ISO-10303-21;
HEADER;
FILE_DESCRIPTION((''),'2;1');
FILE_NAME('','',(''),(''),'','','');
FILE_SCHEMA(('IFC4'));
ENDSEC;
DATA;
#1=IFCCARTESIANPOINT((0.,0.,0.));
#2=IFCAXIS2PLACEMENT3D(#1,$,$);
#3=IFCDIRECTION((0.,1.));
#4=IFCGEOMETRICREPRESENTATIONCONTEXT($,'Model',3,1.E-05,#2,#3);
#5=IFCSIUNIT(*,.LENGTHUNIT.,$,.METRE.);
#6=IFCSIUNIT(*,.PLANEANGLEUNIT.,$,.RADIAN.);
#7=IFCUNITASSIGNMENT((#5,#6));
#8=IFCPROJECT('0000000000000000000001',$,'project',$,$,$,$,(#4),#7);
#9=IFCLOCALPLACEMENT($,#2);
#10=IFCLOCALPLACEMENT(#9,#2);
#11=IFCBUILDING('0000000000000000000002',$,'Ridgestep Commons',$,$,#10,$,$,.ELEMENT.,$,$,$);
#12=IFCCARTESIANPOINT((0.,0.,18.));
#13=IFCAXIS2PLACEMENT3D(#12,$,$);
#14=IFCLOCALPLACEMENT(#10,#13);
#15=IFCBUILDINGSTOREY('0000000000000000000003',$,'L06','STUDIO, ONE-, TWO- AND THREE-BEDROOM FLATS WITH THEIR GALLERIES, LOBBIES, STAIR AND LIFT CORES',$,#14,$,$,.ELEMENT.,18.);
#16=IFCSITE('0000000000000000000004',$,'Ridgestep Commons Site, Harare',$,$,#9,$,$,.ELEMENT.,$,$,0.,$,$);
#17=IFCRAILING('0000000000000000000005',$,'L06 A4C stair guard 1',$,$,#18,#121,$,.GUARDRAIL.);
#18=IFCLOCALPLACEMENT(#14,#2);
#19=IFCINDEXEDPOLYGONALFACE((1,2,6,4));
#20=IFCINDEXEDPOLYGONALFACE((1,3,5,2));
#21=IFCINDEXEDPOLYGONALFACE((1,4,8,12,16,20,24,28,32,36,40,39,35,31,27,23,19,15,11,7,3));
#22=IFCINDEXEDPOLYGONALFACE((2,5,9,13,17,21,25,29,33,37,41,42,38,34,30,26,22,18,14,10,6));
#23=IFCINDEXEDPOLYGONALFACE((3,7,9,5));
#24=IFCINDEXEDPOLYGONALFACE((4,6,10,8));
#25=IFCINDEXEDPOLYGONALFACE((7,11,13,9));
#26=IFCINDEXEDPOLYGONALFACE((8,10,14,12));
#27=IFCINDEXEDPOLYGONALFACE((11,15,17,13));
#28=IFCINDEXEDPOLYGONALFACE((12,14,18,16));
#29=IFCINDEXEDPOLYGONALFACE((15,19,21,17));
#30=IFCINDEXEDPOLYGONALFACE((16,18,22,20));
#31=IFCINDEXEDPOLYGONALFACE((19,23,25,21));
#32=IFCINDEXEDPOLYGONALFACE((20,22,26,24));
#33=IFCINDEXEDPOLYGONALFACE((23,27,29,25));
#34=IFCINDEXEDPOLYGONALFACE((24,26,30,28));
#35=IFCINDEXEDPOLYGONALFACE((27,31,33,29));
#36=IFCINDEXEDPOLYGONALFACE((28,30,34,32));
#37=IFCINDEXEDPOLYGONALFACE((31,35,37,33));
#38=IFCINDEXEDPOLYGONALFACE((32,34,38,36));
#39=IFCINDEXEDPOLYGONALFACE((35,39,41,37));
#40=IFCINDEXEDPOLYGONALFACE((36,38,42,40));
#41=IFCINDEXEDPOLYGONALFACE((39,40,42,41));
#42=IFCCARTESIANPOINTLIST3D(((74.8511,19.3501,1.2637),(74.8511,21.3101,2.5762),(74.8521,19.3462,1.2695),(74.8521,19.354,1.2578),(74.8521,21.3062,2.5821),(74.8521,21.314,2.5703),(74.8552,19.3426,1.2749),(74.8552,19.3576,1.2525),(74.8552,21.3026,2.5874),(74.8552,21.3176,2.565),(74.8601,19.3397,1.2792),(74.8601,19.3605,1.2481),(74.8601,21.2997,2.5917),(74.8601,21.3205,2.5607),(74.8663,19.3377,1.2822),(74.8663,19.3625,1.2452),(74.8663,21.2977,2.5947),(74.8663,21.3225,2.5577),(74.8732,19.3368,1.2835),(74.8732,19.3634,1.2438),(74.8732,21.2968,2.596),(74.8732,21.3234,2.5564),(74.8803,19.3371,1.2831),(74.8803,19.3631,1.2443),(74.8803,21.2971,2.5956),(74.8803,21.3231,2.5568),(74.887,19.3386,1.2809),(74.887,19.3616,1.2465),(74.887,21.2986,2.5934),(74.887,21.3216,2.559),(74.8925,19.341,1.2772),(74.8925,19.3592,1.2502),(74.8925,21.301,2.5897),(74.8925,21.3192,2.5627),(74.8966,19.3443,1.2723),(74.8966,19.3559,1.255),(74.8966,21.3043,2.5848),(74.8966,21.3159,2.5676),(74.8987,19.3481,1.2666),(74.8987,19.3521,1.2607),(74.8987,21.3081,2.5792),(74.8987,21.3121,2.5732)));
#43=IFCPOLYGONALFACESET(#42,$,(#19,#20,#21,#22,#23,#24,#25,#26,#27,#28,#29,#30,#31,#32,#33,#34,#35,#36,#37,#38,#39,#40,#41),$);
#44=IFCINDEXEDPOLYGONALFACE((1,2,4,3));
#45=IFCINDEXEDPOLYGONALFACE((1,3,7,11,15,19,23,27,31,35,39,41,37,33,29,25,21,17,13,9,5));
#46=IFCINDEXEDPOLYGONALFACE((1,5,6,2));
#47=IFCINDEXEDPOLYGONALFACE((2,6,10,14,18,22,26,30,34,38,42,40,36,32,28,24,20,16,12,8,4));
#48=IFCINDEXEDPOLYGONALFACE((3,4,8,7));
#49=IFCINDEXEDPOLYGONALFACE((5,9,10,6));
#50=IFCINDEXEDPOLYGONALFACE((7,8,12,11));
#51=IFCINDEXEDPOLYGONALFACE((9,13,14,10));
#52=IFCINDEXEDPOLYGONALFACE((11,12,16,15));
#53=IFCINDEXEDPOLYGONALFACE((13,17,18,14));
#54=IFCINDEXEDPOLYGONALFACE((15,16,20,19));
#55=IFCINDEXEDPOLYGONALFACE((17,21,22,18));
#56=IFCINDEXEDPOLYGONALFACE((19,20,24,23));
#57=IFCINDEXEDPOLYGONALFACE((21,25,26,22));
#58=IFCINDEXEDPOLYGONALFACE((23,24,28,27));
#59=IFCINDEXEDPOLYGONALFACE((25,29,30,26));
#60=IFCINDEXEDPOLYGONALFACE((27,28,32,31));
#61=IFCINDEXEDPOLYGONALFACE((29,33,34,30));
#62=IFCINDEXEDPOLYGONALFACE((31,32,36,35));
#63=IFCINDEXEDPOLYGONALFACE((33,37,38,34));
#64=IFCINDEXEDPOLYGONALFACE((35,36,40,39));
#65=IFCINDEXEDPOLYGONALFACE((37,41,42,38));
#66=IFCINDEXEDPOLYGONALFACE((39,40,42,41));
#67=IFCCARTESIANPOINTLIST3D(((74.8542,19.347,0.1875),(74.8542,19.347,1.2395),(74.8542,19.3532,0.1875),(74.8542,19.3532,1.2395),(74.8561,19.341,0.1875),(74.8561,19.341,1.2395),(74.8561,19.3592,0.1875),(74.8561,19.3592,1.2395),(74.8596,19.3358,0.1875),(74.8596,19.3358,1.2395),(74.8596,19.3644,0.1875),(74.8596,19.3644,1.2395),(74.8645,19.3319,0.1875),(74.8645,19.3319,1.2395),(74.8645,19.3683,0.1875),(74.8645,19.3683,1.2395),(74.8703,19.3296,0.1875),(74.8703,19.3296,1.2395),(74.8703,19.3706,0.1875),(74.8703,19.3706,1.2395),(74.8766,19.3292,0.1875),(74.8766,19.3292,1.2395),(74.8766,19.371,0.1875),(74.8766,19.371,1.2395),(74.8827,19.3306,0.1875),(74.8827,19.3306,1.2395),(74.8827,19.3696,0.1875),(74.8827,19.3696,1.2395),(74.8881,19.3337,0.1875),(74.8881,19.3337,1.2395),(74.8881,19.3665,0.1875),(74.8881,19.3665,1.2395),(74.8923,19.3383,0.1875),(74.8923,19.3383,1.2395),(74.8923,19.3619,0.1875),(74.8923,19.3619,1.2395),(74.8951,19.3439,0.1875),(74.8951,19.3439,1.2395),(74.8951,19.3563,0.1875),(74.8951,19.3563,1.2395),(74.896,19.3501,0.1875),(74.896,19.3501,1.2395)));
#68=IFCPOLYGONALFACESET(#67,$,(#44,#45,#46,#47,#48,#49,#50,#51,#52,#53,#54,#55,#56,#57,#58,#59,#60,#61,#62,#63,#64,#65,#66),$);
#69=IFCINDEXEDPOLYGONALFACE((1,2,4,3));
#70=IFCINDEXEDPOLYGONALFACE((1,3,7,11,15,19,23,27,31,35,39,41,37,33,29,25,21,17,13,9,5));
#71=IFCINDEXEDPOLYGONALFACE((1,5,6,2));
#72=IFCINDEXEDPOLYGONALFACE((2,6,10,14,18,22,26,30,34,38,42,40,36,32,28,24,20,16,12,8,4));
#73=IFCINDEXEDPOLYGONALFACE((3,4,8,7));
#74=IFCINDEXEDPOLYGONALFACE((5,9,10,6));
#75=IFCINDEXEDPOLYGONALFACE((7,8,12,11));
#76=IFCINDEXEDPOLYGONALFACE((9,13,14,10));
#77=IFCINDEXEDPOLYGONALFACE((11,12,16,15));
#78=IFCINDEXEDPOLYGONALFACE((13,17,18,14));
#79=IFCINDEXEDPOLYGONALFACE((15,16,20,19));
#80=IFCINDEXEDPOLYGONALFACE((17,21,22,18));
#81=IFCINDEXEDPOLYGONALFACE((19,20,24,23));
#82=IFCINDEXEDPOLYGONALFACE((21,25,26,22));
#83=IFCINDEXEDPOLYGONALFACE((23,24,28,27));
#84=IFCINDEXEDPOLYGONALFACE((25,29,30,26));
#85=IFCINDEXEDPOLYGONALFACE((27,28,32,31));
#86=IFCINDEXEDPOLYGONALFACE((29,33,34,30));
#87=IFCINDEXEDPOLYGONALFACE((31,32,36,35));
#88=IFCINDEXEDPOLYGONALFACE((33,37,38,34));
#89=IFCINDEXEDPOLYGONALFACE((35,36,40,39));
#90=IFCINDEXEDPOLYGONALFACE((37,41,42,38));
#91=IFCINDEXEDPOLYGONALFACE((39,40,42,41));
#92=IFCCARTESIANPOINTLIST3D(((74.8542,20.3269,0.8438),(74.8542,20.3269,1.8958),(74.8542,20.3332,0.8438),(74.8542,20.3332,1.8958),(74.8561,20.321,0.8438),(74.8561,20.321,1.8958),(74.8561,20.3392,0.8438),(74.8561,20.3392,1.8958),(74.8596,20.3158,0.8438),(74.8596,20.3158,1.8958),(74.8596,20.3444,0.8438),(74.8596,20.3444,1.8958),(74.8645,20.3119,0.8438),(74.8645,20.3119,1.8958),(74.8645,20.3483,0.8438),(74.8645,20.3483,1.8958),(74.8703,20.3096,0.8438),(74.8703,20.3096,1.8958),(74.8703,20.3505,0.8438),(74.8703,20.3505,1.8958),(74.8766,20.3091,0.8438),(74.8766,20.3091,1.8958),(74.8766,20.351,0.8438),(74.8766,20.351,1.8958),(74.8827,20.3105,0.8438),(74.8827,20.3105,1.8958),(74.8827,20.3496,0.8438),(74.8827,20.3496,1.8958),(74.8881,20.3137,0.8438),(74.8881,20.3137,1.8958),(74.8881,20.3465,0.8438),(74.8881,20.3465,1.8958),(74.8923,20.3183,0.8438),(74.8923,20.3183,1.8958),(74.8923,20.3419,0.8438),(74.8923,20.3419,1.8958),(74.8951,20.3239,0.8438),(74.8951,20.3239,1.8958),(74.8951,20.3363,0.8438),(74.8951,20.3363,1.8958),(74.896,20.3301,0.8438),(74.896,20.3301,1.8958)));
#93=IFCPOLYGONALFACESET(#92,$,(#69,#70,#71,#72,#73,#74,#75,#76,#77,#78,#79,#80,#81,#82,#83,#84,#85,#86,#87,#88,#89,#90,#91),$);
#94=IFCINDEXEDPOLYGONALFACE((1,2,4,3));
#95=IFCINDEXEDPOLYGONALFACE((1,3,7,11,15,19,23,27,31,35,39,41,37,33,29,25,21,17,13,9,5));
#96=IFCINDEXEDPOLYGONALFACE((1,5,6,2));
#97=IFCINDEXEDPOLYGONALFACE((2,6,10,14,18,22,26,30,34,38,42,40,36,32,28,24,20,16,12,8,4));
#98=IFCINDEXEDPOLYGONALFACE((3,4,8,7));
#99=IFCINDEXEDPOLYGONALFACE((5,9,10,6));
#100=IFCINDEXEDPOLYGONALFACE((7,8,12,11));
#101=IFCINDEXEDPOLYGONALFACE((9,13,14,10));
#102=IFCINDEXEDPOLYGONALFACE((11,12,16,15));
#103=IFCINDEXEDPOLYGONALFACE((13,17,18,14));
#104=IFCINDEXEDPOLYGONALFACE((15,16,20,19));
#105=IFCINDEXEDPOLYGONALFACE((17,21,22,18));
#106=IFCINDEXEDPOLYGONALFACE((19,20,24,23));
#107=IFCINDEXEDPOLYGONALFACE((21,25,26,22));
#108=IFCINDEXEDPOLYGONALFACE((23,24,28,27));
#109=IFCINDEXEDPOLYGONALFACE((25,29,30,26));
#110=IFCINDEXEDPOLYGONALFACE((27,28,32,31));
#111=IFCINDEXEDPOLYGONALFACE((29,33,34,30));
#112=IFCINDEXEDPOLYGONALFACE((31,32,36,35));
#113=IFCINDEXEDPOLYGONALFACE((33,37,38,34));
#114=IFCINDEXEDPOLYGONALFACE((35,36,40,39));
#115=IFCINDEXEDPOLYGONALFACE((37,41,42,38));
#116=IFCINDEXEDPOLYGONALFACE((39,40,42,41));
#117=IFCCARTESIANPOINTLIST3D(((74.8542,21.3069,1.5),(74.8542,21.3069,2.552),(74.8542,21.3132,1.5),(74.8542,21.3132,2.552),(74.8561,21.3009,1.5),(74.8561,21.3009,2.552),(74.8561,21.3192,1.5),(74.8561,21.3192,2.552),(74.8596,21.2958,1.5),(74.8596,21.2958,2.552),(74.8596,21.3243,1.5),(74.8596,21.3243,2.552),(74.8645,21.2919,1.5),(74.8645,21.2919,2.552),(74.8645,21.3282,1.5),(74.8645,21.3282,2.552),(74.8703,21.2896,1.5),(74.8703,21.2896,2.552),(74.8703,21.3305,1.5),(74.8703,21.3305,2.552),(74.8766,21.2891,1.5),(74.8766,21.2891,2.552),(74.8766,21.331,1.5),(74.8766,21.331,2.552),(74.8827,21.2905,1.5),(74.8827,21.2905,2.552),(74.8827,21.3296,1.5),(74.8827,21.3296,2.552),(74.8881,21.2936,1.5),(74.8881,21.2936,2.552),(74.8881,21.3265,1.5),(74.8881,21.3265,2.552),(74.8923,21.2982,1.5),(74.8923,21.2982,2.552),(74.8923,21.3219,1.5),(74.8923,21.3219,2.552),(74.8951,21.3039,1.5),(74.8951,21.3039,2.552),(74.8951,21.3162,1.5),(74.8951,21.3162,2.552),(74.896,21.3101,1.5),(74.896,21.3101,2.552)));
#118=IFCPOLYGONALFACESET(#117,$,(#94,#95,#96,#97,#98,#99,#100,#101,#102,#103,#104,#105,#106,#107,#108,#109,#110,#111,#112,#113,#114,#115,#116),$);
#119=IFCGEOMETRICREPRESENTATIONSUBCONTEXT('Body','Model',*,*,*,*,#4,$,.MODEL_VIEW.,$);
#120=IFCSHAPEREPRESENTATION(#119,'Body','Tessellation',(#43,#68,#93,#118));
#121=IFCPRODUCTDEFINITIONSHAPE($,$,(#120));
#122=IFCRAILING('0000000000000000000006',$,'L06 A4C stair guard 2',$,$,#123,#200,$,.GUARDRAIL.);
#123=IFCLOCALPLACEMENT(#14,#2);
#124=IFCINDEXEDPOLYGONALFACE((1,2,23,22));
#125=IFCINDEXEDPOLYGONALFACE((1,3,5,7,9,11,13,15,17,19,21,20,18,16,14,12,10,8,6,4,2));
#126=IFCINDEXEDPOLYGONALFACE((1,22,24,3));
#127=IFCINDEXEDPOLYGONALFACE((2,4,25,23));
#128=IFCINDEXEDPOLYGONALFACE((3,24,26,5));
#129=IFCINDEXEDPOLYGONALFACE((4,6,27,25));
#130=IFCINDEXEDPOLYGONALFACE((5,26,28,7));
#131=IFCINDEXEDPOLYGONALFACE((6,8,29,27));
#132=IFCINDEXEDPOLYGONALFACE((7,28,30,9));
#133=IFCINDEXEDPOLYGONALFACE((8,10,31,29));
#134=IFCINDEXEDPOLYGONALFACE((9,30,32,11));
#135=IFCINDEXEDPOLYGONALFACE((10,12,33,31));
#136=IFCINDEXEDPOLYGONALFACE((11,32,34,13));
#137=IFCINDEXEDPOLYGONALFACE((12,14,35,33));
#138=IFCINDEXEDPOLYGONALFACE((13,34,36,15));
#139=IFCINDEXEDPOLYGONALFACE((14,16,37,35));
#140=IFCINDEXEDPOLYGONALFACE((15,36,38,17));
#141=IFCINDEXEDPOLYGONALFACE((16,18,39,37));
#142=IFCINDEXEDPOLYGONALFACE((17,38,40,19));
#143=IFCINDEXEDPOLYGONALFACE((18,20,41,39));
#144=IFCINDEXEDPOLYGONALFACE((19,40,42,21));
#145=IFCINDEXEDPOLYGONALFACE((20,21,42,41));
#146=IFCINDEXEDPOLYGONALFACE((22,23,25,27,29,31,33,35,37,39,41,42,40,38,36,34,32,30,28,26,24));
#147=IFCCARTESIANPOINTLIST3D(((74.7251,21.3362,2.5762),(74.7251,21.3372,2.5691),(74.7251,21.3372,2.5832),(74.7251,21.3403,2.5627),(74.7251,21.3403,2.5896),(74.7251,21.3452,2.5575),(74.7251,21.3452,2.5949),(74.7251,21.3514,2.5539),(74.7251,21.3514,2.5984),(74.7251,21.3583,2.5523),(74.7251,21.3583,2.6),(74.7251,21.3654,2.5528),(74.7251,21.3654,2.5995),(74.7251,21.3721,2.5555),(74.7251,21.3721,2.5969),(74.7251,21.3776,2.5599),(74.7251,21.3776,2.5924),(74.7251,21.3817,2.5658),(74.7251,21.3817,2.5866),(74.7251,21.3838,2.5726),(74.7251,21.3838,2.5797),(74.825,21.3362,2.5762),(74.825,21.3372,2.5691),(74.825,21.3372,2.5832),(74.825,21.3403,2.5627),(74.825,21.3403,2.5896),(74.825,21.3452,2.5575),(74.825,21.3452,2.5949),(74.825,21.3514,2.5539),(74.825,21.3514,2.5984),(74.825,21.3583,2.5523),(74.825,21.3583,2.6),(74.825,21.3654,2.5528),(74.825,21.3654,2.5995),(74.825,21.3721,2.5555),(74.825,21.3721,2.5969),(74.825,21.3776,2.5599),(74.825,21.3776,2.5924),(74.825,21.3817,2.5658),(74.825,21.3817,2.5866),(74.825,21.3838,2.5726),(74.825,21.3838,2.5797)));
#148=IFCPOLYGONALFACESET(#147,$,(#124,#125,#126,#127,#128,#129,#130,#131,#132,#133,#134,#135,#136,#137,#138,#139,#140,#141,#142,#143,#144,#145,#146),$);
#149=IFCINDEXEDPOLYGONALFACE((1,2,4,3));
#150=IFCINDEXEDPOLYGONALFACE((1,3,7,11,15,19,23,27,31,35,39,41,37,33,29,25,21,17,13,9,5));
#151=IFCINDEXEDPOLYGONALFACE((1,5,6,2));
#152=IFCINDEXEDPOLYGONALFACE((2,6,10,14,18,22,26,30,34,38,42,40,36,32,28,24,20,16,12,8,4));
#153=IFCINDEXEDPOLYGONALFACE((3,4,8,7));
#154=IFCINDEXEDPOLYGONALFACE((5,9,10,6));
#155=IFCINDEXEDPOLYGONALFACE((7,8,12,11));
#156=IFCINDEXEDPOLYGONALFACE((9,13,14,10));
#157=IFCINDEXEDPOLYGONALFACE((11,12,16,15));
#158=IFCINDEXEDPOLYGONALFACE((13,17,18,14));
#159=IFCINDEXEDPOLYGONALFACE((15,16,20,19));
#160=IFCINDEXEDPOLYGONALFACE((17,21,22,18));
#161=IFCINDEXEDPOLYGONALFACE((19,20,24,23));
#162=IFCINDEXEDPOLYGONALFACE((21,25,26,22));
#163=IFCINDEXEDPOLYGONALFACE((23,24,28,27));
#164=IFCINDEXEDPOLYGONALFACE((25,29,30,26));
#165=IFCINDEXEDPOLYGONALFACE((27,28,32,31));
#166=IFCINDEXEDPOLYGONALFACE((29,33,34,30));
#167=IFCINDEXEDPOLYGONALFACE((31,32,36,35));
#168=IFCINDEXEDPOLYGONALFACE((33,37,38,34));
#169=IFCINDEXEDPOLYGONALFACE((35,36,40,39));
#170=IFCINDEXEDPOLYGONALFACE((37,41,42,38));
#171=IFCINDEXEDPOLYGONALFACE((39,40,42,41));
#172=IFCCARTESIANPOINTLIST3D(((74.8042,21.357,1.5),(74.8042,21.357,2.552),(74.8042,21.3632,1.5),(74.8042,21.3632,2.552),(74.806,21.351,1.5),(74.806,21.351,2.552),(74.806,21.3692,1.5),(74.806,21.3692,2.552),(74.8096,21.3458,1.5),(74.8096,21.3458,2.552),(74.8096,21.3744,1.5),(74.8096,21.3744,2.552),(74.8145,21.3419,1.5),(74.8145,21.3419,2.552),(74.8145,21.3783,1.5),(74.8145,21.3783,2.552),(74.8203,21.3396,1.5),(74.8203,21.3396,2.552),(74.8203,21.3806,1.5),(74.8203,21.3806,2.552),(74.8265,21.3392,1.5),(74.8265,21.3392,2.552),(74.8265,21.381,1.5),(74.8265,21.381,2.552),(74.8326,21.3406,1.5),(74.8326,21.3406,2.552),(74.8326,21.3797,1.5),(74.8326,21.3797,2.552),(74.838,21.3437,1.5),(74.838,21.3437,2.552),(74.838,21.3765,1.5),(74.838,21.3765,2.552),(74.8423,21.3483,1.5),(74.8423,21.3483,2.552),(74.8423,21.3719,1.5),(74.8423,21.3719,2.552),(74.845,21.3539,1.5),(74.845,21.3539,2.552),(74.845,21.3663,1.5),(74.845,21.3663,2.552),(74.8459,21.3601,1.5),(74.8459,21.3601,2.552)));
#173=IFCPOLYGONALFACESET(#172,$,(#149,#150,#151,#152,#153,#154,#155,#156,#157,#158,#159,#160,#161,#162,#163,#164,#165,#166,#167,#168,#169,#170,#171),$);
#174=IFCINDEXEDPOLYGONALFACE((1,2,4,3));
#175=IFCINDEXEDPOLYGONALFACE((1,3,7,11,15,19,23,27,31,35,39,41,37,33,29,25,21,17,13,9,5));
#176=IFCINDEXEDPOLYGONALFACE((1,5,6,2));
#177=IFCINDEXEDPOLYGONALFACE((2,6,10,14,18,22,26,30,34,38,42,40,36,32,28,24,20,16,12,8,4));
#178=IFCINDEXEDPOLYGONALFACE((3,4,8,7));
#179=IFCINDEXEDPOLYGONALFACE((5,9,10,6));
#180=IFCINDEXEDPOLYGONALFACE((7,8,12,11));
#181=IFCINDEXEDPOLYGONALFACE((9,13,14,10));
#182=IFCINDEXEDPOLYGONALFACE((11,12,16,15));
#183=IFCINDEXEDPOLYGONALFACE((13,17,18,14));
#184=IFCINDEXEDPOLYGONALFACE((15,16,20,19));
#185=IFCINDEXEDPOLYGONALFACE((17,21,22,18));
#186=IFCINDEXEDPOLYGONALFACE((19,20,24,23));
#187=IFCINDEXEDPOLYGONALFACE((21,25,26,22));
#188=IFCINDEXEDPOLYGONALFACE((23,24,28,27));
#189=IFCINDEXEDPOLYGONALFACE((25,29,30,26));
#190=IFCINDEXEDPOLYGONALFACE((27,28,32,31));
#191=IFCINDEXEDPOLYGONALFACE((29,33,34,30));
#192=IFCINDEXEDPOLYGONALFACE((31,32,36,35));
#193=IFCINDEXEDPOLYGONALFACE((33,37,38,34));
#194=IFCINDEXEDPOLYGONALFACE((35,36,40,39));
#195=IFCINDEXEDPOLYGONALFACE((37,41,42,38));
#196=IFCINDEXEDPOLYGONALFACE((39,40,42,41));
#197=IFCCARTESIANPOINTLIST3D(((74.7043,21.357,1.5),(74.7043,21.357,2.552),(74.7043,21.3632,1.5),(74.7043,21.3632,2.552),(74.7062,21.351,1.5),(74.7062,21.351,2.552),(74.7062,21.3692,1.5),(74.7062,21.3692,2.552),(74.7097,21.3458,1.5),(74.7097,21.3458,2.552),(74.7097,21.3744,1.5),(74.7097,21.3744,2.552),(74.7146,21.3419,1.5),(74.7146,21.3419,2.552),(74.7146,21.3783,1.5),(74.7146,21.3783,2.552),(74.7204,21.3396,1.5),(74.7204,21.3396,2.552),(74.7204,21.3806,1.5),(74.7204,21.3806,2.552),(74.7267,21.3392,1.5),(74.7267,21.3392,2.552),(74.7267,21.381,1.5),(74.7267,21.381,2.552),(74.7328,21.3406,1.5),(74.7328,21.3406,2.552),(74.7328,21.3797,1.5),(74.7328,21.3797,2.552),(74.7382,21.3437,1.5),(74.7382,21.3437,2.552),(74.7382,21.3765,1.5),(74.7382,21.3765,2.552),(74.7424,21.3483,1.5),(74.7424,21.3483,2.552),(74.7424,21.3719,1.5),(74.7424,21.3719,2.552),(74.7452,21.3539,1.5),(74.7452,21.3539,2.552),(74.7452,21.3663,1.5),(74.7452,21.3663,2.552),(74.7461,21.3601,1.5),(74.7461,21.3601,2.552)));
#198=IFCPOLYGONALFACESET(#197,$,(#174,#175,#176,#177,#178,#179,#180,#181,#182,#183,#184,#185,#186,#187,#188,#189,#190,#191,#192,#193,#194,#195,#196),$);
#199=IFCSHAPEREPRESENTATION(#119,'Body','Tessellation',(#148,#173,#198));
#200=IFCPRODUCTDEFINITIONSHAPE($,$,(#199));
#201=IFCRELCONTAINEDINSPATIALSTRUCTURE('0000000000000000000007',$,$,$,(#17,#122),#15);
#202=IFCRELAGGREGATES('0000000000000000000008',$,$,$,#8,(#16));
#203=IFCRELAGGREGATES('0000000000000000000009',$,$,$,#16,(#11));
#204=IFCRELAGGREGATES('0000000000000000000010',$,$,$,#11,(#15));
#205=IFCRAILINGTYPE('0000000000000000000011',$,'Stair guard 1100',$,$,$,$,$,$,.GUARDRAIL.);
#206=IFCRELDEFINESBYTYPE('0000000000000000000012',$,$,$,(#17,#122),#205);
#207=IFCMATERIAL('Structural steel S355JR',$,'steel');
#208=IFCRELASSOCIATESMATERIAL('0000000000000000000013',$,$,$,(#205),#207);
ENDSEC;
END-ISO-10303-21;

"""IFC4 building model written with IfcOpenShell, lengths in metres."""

from ifc_helpers import new_model, si_unit, direction, frame, origin, origin_2d, place, context, subcontext, project, spatial, circle, extrude, material, type_object, element, save


model = new_model("IFC4")

# Units and contexts
model_context = context("Model", 3, precision=1e-05, world=origin(), true_north=direction((0.0, 1.0)))
body_context = subcontext(model_context, "Body", "Model", "MODEL_VIEW")
ifc_project = project(units=[si_unit("LENGTHUNIT", "METRE"), si_unit("PLANEANGLEUNIT", "RADIAN")], contexts=[model_context])

# Site, building, storey
site_placement = place(None, origin())
site = spatial("IfcSite", under=ifc_project, at=site_placement, Name="Ridgestep Commons Site, Harare", CompositionType="ELEMENT", RefElevation=0.0)
building_placement = place(site_placement, origin())
building = spatial("IfcBuilding", under=site, at=building_placement, Name="Ridgestep Commons", CompositionType="ELEMENT")
storey_placement = place(building_placement, frame((0.0, 0.0, 18.0)))
storey = spatial("IfcBuildingStorey", under=building, at=storey_placement, Name="L06", Description="STUDIO, ONE-, TWO- AND THREE-BEDROOM FLATS WITH THEIR GALLERIES, LOBBIES, STAIR AND LIFT CORES", CompositionType="ELEMENT", Elevation=18.0)

# Railings
ifc_material_1 = material(Name="Structural steel S355JR", Category="steel")
railing_type_1 = type_object("IfcRailingType", Name="Stair guard 1100", PredefinedType="GUARDRAIL", material=ifc_material_1)
railing_1_placement = place(storey_placement, frame((74.875, 19.3501, 0.1875)))
element("IfcRailing", 1, at=railing_1_placement, inside=storey, type_object=railing_type_1, Name="L06 A4C stair guard 1", PredefinedType="GUARDRAIL", context=body_context, shape_type="SweptSolid", body=[
    extrude(circle(Radius=0.0239, at=origin_2d()), frame((0.0, 0.0, 1.0762), z_axis=(0.0, 0.830902, 0.556419), x_axis=(-1.0, 0.0, 0.0)), (0.0, 0.0, 1.0), 2.3589),
    extrude(circle(Radius=0.021, at=origin_2d()), origin(), (0.0, 0.0, 1.0), 1.052),
    extrude(circle(Radius=0.021, at=origin_2d()), frame((0.0, 0.98, 0.6562)), (0.0, 0.0, 1.0), 1.052),
    extrude(circle(Radius=0.021, at=origin_2d()), frame((0.0, 1.96, 1.3125)), (0.0, 0.0, 1.0), 1.052),
])
railing_2_placement = place(storey_placement, frame((74.825, 21.3601, 1.5)))
element("IfcRailing", 2, at=railing_2_placement, inside=storey, type_object=railing_type_1, Name="L06 A4C stair guard 2", PredefinedType="GUARDRAIL", context=body_context, shape_type="SweptSolid", body=[
    extrude(circle(Radius=0.0239, at=origin_2d()), frame((0.0, 0.0, 1.0762), z_axis=(-1.0, 0.0, 0.0), x_axis=(0.0, -1.0, 0.0)), (0.0, 0.0, 1.0), 0.0999),
    extrude(circle(Radius=0.021, at=origin_2d()), origin(), (0.0, 0.0, 1.0), 1.052),
    extrude(circle(Radius=0.021, at=origin_2d()), frame((-0.0999, 0.0, 0.0)), (0.0, 0.0, 1.0), 1.052),
])

save(model, "model.ifc")
